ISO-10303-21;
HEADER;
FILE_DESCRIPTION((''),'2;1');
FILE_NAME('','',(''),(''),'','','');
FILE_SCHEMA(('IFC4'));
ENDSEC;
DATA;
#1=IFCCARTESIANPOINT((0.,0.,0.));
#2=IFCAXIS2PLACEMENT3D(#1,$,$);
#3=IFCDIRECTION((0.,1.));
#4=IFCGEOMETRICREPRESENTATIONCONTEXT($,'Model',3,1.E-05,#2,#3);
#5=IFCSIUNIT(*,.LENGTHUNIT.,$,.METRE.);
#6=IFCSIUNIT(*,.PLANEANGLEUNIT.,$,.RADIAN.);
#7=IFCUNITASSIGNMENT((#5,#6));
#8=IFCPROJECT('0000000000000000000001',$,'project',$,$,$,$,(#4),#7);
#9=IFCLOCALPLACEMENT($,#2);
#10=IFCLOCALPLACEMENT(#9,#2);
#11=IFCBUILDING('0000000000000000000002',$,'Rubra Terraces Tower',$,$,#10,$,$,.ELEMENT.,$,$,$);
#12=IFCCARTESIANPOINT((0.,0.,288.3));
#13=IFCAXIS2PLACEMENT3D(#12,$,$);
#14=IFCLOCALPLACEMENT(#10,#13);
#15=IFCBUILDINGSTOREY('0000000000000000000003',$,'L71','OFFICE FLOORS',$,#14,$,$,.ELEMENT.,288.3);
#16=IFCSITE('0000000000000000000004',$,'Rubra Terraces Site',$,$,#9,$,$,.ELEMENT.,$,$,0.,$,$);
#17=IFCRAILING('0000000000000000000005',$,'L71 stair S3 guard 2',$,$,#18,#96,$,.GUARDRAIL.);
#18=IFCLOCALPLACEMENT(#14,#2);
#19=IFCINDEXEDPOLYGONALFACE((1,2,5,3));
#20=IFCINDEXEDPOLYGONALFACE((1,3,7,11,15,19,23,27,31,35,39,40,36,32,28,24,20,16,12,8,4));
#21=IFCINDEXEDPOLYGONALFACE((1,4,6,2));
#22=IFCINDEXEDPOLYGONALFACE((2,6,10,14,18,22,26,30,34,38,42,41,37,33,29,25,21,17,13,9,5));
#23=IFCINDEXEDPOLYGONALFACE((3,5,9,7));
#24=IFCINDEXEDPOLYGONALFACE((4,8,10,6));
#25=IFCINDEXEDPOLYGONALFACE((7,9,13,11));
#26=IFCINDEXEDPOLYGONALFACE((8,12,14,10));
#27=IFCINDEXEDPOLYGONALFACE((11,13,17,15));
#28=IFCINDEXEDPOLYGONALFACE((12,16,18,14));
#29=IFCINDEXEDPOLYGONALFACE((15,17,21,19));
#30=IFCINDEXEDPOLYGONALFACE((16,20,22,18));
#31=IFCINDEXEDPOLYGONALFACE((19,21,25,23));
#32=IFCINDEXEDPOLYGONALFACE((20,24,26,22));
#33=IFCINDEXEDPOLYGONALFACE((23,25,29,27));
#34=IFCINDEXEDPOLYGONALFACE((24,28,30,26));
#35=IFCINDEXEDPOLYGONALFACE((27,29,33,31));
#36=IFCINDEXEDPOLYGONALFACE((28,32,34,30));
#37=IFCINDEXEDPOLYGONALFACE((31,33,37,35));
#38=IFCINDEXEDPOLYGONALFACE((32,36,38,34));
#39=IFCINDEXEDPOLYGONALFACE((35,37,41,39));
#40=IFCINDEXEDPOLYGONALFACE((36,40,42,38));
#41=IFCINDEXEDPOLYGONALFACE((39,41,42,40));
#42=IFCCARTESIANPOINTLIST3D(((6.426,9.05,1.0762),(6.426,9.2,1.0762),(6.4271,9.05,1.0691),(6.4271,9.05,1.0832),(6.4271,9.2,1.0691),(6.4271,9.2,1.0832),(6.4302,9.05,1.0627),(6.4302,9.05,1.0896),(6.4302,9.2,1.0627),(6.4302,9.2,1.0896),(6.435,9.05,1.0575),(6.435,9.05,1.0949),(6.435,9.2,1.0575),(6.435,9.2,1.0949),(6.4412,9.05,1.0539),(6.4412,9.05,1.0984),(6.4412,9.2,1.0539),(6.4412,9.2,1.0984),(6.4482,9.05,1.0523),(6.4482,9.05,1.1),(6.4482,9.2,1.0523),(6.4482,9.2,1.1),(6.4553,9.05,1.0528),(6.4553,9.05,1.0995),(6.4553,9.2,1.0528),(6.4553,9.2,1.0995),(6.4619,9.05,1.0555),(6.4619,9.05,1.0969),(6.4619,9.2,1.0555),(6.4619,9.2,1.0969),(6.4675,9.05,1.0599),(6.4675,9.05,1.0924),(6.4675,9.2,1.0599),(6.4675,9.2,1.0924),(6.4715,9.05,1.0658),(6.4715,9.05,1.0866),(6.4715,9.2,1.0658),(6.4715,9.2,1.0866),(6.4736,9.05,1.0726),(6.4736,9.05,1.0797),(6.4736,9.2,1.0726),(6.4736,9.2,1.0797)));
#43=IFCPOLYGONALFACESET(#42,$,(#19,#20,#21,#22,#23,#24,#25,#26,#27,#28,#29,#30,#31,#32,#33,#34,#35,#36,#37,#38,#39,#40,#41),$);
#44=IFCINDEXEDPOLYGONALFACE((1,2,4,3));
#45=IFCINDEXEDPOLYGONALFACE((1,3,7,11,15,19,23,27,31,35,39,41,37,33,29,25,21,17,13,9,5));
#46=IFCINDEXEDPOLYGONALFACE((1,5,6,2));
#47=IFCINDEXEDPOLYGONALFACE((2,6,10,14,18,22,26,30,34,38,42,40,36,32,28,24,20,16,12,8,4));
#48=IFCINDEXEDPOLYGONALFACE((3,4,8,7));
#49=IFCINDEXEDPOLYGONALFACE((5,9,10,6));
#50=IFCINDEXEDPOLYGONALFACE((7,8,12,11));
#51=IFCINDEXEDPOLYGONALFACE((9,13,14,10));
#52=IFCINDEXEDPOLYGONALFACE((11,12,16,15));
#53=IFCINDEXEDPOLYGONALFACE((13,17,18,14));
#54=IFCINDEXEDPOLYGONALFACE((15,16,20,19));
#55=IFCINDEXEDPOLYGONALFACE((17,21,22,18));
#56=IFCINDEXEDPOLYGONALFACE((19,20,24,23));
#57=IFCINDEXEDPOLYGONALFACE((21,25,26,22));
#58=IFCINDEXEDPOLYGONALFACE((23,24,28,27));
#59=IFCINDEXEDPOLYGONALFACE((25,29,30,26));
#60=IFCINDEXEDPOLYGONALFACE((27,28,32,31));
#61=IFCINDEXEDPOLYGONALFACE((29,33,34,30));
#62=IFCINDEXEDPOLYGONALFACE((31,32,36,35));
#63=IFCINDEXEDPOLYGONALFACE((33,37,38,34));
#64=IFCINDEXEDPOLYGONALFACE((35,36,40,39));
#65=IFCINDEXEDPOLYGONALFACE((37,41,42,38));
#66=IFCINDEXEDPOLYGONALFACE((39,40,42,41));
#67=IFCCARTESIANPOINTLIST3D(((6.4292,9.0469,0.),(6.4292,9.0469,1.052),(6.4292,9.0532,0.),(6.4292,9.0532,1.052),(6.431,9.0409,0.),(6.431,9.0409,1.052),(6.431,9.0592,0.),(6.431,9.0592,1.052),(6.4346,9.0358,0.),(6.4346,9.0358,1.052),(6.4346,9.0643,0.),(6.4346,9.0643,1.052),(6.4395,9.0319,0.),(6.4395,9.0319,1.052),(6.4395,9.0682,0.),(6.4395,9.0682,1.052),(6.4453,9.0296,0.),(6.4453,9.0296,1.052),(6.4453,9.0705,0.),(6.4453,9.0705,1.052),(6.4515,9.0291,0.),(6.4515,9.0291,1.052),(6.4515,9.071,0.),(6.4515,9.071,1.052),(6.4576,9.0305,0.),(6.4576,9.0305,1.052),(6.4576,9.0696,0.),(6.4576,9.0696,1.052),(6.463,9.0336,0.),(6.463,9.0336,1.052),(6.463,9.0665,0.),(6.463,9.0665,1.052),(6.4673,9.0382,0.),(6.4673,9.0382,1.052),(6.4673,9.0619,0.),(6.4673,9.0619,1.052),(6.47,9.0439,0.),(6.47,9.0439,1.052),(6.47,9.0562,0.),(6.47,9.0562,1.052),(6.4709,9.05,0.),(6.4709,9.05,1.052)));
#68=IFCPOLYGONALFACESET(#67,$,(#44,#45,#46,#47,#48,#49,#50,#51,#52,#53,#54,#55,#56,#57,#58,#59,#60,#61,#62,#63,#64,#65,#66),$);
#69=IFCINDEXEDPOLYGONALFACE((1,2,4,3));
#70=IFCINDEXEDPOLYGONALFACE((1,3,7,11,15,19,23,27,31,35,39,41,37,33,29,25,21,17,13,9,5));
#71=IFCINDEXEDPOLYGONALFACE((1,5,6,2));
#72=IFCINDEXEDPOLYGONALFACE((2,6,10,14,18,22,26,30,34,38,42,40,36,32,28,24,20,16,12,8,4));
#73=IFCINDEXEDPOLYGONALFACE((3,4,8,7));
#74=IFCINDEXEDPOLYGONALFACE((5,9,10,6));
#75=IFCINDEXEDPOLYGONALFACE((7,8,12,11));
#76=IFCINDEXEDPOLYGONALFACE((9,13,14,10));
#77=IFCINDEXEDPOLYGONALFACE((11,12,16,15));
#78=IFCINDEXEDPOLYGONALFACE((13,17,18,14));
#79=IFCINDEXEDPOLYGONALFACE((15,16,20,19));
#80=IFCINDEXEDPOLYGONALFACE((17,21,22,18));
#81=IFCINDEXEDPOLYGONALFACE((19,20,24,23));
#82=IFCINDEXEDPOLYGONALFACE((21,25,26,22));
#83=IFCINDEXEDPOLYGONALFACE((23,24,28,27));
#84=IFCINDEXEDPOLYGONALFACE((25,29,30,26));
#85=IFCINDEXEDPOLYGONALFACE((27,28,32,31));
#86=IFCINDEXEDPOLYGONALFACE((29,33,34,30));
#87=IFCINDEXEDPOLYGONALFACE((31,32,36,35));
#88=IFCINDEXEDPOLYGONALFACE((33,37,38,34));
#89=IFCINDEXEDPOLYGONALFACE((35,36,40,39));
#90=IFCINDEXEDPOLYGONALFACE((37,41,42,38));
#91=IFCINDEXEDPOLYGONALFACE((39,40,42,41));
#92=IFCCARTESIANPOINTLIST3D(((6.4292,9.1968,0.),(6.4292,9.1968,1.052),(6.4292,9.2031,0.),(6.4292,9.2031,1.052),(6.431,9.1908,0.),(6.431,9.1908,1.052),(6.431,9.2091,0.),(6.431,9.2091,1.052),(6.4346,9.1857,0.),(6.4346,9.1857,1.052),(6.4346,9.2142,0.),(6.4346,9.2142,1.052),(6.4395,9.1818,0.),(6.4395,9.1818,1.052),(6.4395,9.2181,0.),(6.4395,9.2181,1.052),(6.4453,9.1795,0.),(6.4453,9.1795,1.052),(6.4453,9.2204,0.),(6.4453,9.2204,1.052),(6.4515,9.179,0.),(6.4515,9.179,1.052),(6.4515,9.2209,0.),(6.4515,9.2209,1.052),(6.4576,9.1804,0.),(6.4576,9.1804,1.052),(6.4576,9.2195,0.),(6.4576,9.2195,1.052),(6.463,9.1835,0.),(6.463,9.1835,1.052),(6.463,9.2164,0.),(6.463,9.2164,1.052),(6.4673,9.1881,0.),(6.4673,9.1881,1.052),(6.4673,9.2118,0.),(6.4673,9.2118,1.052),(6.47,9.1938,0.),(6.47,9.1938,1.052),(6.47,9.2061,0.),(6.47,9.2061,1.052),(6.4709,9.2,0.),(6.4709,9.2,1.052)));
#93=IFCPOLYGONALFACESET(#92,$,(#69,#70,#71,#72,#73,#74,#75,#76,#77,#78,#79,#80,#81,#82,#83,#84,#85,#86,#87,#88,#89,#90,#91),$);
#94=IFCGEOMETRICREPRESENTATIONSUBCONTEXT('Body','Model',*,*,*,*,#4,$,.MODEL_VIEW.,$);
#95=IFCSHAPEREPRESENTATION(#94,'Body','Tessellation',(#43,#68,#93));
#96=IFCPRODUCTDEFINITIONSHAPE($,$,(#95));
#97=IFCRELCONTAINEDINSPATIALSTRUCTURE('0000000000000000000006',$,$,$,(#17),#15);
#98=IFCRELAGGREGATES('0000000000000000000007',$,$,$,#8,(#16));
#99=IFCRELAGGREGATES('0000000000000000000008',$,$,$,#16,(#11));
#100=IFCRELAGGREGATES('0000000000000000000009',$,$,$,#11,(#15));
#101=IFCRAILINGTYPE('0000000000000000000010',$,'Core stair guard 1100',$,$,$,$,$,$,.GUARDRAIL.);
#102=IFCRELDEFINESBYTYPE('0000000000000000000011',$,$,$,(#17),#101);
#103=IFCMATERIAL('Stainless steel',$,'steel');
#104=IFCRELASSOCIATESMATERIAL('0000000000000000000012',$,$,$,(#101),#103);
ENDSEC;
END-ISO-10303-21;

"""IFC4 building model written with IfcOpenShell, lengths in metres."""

from ifc_helpers import new_model, si_unit, direction, frame, origin, origin_2d, place, context, subcontext, project, spatial, circle, extrude, material, type_object, element, save


model = new_model("IFC4")

# Units and contexts
model_context = context("Model", 3, precision=1e-05, world=origin(), true_north=direction((0.0, 1.0)))
body_context = subcontext(model_context, "Body", "Model", "MODEL_VIEW")
ifc_project = project(units=[si_unit("LENGTHUNIT", "METRE"), si_unit("PLANEANGLEUNIT", "RADIAN")], contexts=[model_context])

# Site, building, storey
site_placement = place(None, origin())
site = spatial("IfcSite", under=ifc_project, at=site_placement, Name="Rubra Terraces Site", CompositionType="ELEMENT", RefElevation=0.0)
building_placement = place(site_placement, origin())
building = spatial("IfcBuilding", under=site, at=building_placement, Name="Rubra Terraces Tower", CompositionType="ELEMENT")
storey_placement = place(building_placement, frame((0.0, 0.0, 288.3)))
storey = spatial("IfcBuildingStorey", under=building, at=storey_placement, Name="L71", Description="OFFICE FLOORS", CompositionType="ELEMENT", Elevation=288.3)

# Shared definitions
ifc_material_1 = material(Name="Stainless steel", Category="steel")

# Railing
railing_type_1 = type_object("IfcRailingType", Name="Core stair guard 1100", PredefinedType="GUARDRAIL", material=ifc_material_1)
railing_1_placement = place(storey_placement, frame((6.45, 9.05, 0.0)))
element("IfcRailing", 1, at=railing_1_placement, inside=storey, type_object=railing_type_1, Name="L71 stair S3 guard 2", PredefinedType="GUARDRAIL", context=body_context, shape_type="SweptSolid", body=[
    extrude(circle(Radius=0.0239, at=origin_2d()), frame((0.0, 0.0, 1.0762), z_axis=(0.0, 1.0, 0.0), x_axis=(-1.0, 0.0, 0.0)), (0.0, 0.0, 1.0), 0.1499),
    extrude(circle(Radius=0.021, at=origin_2d()), origin(), (0.0, 0.0, 1.0), 1.052),
    extrude(circle(Radius=0.021, at=origin_2d()), frame((0.0, 0.1499, 0.0)), (0.0, 0.0, 1.0), 1.052),
])

save(model, "model.ifc")
